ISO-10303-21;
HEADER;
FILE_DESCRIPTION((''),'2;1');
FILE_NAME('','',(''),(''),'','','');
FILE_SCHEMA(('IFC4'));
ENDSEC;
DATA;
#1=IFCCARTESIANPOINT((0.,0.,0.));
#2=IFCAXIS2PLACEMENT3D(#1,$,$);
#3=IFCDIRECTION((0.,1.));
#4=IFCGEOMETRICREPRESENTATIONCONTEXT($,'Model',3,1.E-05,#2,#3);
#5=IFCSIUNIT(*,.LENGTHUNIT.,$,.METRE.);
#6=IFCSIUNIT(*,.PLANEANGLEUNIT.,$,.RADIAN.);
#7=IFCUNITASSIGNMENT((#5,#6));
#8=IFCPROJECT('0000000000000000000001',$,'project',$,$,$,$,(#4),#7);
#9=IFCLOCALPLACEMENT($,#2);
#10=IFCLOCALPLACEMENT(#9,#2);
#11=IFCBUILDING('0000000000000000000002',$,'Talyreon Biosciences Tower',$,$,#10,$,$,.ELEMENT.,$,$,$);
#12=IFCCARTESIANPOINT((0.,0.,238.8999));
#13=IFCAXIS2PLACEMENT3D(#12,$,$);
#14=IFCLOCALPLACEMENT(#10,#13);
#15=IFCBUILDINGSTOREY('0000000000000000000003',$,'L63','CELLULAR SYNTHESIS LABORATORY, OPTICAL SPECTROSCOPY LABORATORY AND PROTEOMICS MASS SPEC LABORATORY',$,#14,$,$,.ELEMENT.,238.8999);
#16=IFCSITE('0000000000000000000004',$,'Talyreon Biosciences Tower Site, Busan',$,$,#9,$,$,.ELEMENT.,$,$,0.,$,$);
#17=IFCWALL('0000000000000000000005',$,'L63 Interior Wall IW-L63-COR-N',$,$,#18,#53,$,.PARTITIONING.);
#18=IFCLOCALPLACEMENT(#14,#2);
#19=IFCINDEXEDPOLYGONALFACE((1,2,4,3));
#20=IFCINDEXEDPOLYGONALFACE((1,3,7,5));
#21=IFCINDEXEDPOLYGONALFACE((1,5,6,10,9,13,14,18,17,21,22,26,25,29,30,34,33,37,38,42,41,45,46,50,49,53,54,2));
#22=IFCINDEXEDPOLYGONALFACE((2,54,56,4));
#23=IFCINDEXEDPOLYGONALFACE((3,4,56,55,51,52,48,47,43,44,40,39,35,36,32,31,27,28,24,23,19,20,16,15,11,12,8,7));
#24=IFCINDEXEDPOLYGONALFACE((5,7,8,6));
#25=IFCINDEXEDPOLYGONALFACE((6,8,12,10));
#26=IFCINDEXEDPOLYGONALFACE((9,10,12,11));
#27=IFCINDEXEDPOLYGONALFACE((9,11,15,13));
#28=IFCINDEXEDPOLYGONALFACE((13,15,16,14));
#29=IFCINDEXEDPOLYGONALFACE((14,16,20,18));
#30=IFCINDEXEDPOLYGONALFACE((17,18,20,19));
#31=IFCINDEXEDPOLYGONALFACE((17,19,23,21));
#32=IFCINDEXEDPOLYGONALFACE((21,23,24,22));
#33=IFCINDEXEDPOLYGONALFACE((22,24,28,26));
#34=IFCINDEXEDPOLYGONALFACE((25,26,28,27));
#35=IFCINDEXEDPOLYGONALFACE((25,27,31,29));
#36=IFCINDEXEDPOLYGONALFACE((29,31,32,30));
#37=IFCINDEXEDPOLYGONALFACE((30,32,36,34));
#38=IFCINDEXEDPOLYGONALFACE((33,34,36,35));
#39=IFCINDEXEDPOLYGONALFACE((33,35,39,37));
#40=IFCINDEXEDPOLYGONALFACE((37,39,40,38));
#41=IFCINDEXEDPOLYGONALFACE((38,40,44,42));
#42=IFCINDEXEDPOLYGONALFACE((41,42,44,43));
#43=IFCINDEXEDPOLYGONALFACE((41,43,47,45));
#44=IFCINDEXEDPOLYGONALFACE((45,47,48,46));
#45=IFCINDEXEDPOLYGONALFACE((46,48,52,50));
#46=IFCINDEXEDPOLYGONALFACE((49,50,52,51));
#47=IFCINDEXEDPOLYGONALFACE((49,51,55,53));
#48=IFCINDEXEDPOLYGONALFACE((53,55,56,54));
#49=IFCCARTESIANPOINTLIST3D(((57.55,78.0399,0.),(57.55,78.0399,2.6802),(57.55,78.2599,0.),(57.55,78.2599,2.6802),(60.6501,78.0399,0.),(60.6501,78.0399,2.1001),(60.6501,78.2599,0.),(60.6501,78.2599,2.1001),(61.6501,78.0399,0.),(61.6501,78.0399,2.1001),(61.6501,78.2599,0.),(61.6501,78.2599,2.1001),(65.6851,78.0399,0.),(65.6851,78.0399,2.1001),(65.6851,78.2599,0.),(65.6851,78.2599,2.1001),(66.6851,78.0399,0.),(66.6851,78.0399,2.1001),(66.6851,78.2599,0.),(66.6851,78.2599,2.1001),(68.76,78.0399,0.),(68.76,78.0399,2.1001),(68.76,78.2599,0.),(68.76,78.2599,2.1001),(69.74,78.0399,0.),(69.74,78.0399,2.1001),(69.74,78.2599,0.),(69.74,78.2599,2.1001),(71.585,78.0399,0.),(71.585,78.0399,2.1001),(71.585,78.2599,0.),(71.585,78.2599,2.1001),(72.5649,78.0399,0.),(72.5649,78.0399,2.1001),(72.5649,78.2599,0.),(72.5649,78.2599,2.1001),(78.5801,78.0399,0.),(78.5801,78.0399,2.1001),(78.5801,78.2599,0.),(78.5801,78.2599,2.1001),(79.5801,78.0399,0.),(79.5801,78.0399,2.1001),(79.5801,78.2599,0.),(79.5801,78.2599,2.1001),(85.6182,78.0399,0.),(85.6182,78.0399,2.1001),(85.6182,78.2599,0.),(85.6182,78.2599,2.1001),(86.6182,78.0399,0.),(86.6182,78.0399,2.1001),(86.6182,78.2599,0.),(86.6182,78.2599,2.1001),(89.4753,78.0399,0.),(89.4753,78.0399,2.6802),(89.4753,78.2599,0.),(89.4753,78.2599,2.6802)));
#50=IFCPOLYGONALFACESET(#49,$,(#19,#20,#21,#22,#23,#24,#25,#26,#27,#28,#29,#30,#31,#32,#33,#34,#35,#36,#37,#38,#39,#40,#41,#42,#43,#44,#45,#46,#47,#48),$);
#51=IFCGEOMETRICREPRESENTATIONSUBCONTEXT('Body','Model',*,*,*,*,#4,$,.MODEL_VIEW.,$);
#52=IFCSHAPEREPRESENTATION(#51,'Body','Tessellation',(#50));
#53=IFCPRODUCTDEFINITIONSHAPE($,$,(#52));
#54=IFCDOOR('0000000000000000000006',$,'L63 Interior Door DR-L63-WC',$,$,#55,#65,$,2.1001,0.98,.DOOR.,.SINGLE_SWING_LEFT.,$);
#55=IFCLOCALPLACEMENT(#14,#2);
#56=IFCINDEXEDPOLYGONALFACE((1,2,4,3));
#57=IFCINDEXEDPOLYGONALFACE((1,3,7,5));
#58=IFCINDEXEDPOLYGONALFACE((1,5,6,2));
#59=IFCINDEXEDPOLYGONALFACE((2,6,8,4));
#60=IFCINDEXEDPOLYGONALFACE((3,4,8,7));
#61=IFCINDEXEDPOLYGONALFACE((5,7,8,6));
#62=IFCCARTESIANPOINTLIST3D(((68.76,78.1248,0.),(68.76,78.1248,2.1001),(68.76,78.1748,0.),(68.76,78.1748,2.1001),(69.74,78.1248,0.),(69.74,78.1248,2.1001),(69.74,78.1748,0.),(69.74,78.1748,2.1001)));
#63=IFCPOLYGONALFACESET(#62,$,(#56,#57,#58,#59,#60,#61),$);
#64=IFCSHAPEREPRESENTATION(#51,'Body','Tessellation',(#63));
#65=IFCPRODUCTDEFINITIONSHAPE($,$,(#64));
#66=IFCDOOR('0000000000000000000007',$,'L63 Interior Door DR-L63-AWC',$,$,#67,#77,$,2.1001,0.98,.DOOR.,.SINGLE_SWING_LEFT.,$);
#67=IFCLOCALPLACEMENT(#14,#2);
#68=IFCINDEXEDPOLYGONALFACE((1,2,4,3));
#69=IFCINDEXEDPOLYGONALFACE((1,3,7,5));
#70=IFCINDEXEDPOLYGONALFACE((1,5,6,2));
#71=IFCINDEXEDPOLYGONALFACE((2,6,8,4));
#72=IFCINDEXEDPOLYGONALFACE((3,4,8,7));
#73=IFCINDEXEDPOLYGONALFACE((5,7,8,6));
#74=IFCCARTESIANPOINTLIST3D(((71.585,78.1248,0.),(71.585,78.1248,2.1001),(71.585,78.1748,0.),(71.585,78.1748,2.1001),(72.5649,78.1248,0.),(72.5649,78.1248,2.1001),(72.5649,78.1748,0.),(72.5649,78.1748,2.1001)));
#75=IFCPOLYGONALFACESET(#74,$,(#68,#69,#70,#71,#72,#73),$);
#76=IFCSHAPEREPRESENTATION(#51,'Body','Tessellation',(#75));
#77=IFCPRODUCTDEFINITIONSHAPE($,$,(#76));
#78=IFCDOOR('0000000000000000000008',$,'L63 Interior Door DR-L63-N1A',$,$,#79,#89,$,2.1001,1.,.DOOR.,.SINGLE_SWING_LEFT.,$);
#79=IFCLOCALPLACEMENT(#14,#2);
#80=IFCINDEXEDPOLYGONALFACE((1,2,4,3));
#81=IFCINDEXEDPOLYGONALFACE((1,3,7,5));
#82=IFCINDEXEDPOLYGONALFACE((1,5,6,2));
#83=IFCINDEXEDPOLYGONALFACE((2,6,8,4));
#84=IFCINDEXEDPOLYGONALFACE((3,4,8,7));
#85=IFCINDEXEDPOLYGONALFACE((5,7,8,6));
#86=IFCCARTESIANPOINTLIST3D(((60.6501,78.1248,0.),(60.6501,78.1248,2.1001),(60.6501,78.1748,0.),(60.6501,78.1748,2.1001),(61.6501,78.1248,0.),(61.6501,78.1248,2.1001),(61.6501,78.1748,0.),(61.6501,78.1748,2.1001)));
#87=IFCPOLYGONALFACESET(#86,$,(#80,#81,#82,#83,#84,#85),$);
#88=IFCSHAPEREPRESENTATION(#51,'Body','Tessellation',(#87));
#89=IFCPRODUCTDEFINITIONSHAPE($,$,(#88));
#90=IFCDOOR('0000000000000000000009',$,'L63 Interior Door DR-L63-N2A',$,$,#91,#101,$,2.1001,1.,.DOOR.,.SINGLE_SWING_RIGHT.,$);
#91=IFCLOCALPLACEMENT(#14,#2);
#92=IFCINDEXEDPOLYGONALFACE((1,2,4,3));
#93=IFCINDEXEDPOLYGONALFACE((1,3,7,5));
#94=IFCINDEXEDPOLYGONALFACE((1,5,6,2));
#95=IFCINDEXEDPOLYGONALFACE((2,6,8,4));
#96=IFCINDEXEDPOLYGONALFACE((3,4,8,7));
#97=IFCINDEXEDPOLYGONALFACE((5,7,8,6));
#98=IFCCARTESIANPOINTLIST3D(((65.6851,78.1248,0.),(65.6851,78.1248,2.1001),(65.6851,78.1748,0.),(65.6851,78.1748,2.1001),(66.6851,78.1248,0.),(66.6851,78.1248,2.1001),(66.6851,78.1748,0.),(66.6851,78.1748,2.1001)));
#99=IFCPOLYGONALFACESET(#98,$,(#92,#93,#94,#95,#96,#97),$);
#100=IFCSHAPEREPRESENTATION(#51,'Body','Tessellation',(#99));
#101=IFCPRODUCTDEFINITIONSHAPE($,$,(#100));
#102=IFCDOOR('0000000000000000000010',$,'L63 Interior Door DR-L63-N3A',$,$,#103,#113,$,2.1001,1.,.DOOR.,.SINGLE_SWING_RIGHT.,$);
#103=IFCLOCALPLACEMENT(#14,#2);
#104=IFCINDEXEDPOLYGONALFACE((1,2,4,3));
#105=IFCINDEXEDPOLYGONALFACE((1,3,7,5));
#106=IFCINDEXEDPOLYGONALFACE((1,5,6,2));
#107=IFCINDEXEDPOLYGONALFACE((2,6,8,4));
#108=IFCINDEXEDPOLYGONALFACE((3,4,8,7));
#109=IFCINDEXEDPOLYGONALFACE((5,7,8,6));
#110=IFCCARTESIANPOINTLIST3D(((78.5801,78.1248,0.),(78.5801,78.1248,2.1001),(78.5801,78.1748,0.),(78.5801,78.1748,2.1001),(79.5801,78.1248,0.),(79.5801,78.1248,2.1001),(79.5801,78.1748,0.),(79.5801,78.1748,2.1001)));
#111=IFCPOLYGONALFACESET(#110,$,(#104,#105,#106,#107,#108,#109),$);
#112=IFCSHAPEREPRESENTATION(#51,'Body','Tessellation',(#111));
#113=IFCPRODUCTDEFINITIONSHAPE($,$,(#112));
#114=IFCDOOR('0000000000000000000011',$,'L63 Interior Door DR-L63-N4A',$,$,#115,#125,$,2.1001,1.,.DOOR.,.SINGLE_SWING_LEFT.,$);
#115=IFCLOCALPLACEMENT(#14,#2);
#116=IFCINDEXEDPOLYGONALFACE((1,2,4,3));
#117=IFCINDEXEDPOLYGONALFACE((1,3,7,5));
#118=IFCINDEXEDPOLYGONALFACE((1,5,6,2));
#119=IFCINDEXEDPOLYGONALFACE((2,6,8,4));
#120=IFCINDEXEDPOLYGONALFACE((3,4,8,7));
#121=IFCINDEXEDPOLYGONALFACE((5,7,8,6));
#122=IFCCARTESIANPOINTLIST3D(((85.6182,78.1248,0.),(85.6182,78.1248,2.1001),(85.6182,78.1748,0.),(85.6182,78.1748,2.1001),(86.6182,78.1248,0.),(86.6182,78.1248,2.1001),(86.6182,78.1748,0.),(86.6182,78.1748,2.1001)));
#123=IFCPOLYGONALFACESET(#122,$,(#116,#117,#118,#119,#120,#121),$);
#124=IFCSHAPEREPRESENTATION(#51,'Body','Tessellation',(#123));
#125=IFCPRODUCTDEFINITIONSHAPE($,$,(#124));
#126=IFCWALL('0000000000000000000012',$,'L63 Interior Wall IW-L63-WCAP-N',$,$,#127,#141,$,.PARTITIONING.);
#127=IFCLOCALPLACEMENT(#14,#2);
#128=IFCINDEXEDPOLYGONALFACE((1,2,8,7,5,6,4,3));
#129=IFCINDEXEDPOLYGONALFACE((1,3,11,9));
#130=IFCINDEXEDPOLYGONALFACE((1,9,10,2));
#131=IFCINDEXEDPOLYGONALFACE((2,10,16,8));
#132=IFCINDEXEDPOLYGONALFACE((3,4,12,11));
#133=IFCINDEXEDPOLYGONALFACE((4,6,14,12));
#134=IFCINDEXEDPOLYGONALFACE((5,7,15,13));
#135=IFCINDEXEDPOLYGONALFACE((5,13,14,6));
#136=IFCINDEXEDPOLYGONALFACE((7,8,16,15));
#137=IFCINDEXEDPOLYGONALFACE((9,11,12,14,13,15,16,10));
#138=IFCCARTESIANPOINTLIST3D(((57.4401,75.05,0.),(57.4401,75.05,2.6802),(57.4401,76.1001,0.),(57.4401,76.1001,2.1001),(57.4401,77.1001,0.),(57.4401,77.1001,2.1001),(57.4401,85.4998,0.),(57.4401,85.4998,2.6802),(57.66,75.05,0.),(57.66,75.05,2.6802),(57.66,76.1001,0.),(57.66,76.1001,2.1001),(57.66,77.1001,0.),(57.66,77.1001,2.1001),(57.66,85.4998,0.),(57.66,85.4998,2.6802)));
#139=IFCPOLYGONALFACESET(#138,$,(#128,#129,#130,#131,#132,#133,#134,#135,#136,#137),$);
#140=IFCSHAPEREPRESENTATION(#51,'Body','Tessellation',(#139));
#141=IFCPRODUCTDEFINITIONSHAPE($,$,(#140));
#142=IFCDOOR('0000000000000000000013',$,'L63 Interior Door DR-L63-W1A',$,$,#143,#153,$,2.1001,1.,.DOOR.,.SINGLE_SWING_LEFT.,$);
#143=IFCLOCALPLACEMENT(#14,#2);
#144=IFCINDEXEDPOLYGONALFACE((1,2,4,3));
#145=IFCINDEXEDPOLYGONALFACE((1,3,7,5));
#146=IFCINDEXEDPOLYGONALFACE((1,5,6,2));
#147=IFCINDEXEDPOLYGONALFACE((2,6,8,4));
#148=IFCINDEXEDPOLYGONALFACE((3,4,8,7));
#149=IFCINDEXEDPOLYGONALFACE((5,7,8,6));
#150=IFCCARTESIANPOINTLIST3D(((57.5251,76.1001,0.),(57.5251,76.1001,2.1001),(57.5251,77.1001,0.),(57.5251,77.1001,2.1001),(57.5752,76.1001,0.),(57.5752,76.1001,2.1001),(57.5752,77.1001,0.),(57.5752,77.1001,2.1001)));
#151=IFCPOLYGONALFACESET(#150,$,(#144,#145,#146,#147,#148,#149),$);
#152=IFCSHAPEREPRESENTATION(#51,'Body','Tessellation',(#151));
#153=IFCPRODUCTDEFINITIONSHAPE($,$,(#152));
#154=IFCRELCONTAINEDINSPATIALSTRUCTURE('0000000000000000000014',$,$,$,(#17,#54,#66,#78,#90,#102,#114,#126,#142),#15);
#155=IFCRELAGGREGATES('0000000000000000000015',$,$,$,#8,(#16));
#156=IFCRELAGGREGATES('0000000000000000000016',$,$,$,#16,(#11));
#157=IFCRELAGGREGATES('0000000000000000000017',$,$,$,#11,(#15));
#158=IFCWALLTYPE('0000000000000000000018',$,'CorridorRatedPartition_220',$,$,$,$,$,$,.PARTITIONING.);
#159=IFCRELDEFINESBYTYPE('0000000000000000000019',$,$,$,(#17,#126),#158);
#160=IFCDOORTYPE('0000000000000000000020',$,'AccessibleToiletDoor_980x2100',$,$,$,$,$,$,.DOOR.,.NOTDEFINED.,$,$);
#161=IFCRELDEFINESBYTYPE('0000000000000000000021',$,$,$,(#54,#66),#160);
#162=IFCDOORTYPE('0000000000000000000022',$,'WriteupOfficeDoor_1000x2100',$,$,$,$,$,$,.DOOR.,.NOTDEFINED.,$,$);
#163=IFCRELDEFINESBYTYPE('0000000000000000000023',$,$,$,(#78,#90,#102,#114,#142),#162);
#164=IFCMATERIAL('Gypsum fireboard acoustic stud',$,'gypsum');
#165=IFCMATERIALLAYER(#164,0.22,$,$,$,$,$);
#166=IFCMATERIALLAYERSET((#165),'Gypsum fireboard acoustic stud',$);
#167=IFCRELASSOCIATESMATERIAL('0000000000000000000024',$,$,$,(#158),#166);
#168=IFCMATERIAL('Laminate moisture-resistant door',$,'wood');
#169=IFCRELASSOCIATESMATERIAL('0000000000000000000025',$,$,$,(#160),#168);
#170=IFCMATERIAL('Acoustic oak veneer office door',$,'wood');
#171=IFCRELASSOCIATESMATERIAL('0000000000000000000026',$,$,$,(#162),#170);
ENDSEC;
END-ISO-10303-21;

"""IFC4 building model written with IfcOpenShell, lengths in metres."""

from ifc_helpers import new_model, si_unit, direction, frame, frame_2d, origin, place, context, subcontext, project, spatial, rectangle, extrude, material, layer, layer_set, type_object, element, fill, save


model = new_model("IFC4")

# Units and contexts
model_context = context("Model", 3, precision=1e-05, world=origin(), true_north=direction((0.0, 1.0)))
body_context = subcontext(model_context, "Body", "Model", "MODEL_VIEW")
ifc_project = project(units=[si_unit("LENGTHUNIT", "METRE"), si_unit("PLANEANGLEUNIT", "RADIAN")], contexts=[model_context])

# Site, building, storey
site_placement = place(None, origin())
site = spatial("IfcSite", under=ifc_project, at=site_placement, Name="Talyreon Biosciences Tower Site, Busan", CompositionType="ELEMENT", RefElevation=0.0)
building_placement = place(site_placement, origin())
building = spatial("IfcBuilding", under=site, at=building_placement, Name="Talyreon Biosciences Tower", CompositionType="ELEMENT")
storey_placement = place(building_placement, frame((0.0, 0.0, 238.8999)))
storey = spatial("IfcBuildingStorey", under=building, at=storey_placement, Name="L63", Description="CELLULAR SYNTHESIS LABORATORY, OPTICAL SPECTROSCOPY LABORATORY AND PROTEOMICS MASS SPEC LABORATORY", CompositionType="ELEMENT", Elevation=238.8999)

# Wall, openings, doors
ifc_material_1 = material(Name="Gypsum fireboard acoustic stud", Category="gypsum")
ifc_layer_1 = layer(ifc_material_1, 0.22)
ifc_layer_set_1 = layer_set([ifc_layer_1], Name="Gypsum fireboard acoustic stud")
wall_type_1 = type_object("IfcWallType", Name="CorridorRatedPartition_220", PredefinedType="PARTITIONING", material=ifc_layer_set_1)
wall_1_placement = place(storey_placement, frame((57.55, 78.1499, 0.0), z_axis=(0.0, 0.0, 1.0), x_axis=(1.0, 0.0, 0.0)))
wall_1 = element("IfcWall", 1, at=wall_1_placement, inside=storey, type_object=wall_type_1, Name="L63 Interior Wall IW-L63-COR-N", PredefinedType="PARTITIONING", context=body_context, shape_type="SweptSolid", body=[
    extrude(rectangle(XDim=31.9253, YDim=0.22, at=frame_2d((15.9626, 0.0))), origin(), (0.0, 0.0, 1.0), 2.6802),
])
opening_1_placement = place(wall_1_placement, frame((11.21, 0.0, 0.0)))
opening_1 = element("IfcOpeningElement", 2, at=opening_1_placement, cuts=wall_1, PredefinedType="OPENING", context=body_context, shape_type="SweptSolid", body=[
    extrude(rectangle(XDim=0.98, YDim=2.1001, at=frame_2d((0.49, 1.05))), frame((0.0, 0.1199, 0.0), z_axis=(0.0, -1.0, 0.0), x_axis=(1.0, 0.0, 0.0)), (0.0, 0.0, 1.0), 0.24),
])
opening_2_placement = place(wall_1_placement, frame((14.0349, 0.0, 0.0)))
opening_2 = element("IfcOpeningElement", 3, at=opening_2_placement, cuts=wall_1, PredefinedType="OPENING", context=body_context, shape_type="SweptSolid", body=[
    extrude(rectangle(XDim=0.98, YDim=2.1001, at=frame_2d((0.49, 1.05))), frame((0.0, 0.1199, 0.0), z_axis=(0.0, -1.0, 0.0), x_axis=(1.0, 0.0, 0.0)), (0.0, 0.0, 1.0), 0.24),
])
opening_3_placement = place(wall_1_placement, frame((3.1001, 0.0, 0.0)))
opening_3 = element("IfcOpeningElement", 4, at=opening_3_placement, cuts=wall_1, PredefinedType="OPENING", context=body_context, shape_type="SweptSolid", body=[
    extrude(rectangle(XDim=1.0, YDim=2.1001, at=frame_2d((0.5, 1.05))), frame((0.0, 0.1199, 0.0), z_axis=(0.0, -1.0, 0.0), x_axis=(1.0, 0.0, 0.0)), (0.0, 0.0, 1.0), 0.24),
])
opening_4_placement = place(wall_1_placement, frame((8.135, 0.0, 0.0)))
opening_4 = element("IfcOpeningElement", 5, at=opening_4_placement, cuts=wall_1, PredefinedType="OPENING", context=body_context, shape_type="SweptSolid", body=[
    extrude(rectangle(XDim=1.0, YDim=2.1001, at=frame_2d((0.5, 1.05))), frame((0.0, 0.1199, 0.0), z_axis=(0.0, -1.0, 0.0), x_axis=(1.0, 0.0, 0.0)), (0.0, 0.0, 1.0), 0.24),
])
opening_5_placement = place(wall_1_placement, frame((21.03, 0.0, 0.0)))
opening_5 = element("IfcOpeningElement", 6, at=opening_5_placement, cuts=wall_1, PredefinedType="OPENING", context=body_context, shape_type="SweptSolid", body=[
    extrude(rectangle(XDim=1.0, YDim=2.1001, at=frame_2d((0.5, 1.05))), frame((0.0, 0.1199, 0.0), z_axis=(0.0, -1.0, 0.0), x_axis=(1.0, 0.0, 0.0)), (0.0, 0.0, 1.0), 0.24),
])
opening_6_placement = place(wall_1_placement, frame((28.0681, 0.0, 0.0)))
opening_6 = element("IfcOpeningElement", 7, at=opening_6_placement, cuts=wall_1, PredefinedType="OPENING", context=body_context, shape_type="SweptSolid", body=[
    extrude(rectangle(XDim=1.0, YDim=2.1001, at=frame_2d((0.5, 1.05))), frame((0.0, 0.1199, 0.0), z_axis=(0.0, -1.0, 0.0), x_axis=(1.0, 0.0, 0.0)), (0.0, 0.0, 1.0), 0.24),
])
ifc_material_2 = material(Name="Laminate moisture-resistant door", Category="wood")
door_type_1 = type_object("IfcDoorType", Name="AccessibleToiletDoor_980x2100", OperationType="NOTDEFINED", PredefinedType="DOOR", material=ifc_material_2)
door_1_placement = place(opening_1_placement, origin())
door_1 = element("IfcDoor", 8, at=door_1_placement, inside=storey, type_object=door_type_1, Name="L63 Interior Door DR-L63-WC", OperationType="SINGLE_SWING_LEFT", OverallHeight=2.1001, OverallWidth=0.98, PredefinedType="DOOR", context=body_context, shape_type="SweptSolid", body=[
    extrude(rectangle(XDim=0.98, YDim=2.1001, at=frame_2d((0.49, 1.05))), frame((0.0, 0.0249, 0.0), z_axis=(0.0, -1.0, 0.0), x_axis=(1.0, 0.0, 0.0)), (0.0, 0.0, 1.0), 0.05),
])
fill(opening_1, door_1)
door_2_placement = place(opening_2_placement, origin())
door_2 = element("IfcDoor", 9, at=door_2_placement, inside=storey, type_object=door_type_1, Name="L63 Interior Door DR-L63-AWC", OperationType="SINGLE_SWING_LEFT", OverallHeight=2.1001, OverallWidth=0.98, PredefinedType="DOOR", context=body_context, shape_type="SweptSolid", body=[
    extrude(rectangle(XDim=0.98, YDim=2.1001, at=frame_2d((0.49, 1.05))), frame((0.0, 0.0249, 0.0), z_axis=(0.0, -1.0, 0.0), x_axis=(1.0, 0.0, 0.0)), (0.0, 0.0, 1.0), 0.05),
])
fill(opening_2, door_2)
ifc_material_3 = material(Name="Acoustic oak veneer office door", Category="wood")
door_type_2 = type_object("IfcDoorType", Name="WriteupOfficeDoor_1000x2100", OperationType="NOTDEFINED", PredefinedType="DOOR", material=ifc_material_3)
door_3_placement = place(opening_3_placement, origin())
door_3 = element("IfcDoor", 10, at=door_3_placement, inside=storey, type_object=door_type_2, Name="L63 Interior Door DR-L63-N1A", OperationType="SINGLE_SWING_LEFT", OverallHeight=2.1001, OverallWidth=1.0, PredefinedType="DOOR", context=body_context, shape_type="SweptSolid", body=[
    extrude(rectangle(XDim=1.0, YDim=2.1001, at=frame_2d((0.5, 1.05))), frame((0.0, 0.0249, 0.0), z_axis=(0.0, -1.0, 0.0), x_axis=(1.0, 0.0, 0.0)), (0.0, 0.0, 1.0), 0.05),
])
fill(opening_3, door_3)
door_4_placement = place(opening_4_placement, origin())
door_4 = element("IfcDoor", 11, at=door_4_placement, inside=storey, type_object=door_type_2, Name="L63 Interior Door DR-L63-N2A", OperationType="SINGLE_SWING_RIGHT", OverallHeight=2.1001, OverallWidth=1.0, PredefinedType="DOOR", context=body_context, shape_type="SweptSolid", body=[
    extrude(rectangle(XDim=1.0, YDim=2.1001, at=frame_2d((0.5, 1.05))), frame((0.0, 0.0249, 0.0), z_axis=(0.0, -1.0, 0.0), x_axis=(1.0, 0.0, 0.0)), (0.0, 0.0, 1.0), 0.05),
])
fill(opening_4, door_4)
door_5_placement = place(opening_5_placement, origin())
door_5 = element("IfcDoor", 12, at=door_5_placement, inside=storey, type_object=door_type_2, Name="L63 Interior Door DR-L63-N3A", OperationType="SINGLE_SWING_RIGHT", OverallHeight=2.1001, OverallWidth=1.0, PredefinedType="DOOR", context=body_context, shape_type="SweptSolid", body=[
    extrude(rectangle(XDim=1.0, YDim=2.1001, at=frame_2d((0.5, 1.05))), frame((0.0, 0.0249, 0.0), z_axis=(0.0, -1.0, 0.0), x_axis=(1.0, 0.0, 0.0)), (0.0, 0.0, 1.0), 0.05),
])
fill(opening_5, door_5)
door_6_placement = place(opening_6_placement, origin())
door_6 = element("IfcDoor", 13, at=door_6_placement, inside=storey, type_object=door_type_2, Name="L63 Interior Door DR-L63-N4A", OperationType="SINGLE_SWING_LEFT", OverallHeight=2.1001, OverallWidth=1.0, PredefinedType="DOOR", context=body_context, shape_type="SweptSolid", body=[
    extrude(rectangle(XDim=1.0, YDim=2.1001, at=frame_2d((0.5, 1.05))), frame((0.0, 0.0249, 0.0), z_axis=(0.0, -1.0, 0.0), x_axis=(1.0, 0.0, 0.0)), (0.0, 0.0, 1.0), 0.05),
])
fill(opening_6, door_6)

# Wall, opening, door
wall_2_placement = place(storey_placement, frame((57.55, 75.05, 0.0), z_axis=(0.0, 0.0, 1.0), x_axis=(0.0, 1.0, 0.0)))
wall_2 = element("IfcWall", 14, at=wall_2_placement, inside=storey, type_object=wall_type_1, Name="L63 Interior Wall IW-L63-WCAP-N", PredefinedType="PARTITIONING", context=body_context, shape_type="SweptSolid", body=[
    extrude(rectangle(XDim=10.4497, YDim=0.22, at=frame_2d((5.2249, 0.0))), origin(), (0.0, 0.0, 1.0), 2.6802),
])
opening_7_placement = place(wall_2_placement, frame((1.05, 0.0, 0.0)))
opening_7 = element("IfcOpeningElement", 15, at=opening_7_placement, cuts=wall_2, PredefinedType="OPENING", context=body_context, shape_type="SweptSolid", body=[
    extrude(rectangle(XDim=1.0, YDim=2.1001, at=frame_2d((0.5, 1.05))), frame((0.0, 0.1199, 0.0), z_axis=(0.0, -1.0, 0.0), x_axis=(1.0, 0.0, 0.0)), (0.0, 0.0, 1.0), 0.24),
])
door_7_placement = place(opening_7_placement, origin())
door_7 = element("IfcDoor", 16, at=door_7_placement, inside=storey, type_object=door_type_2, Name="L63 Interior Door DR-L63-W1A", OperationType="SINGLE_SWING_LEFT", OverallHeight=2.1001, OverallWidth=1.0, PredefinedType="DOOR", context=body_context, shape_type="SweptSolid", body=[
    extrude(rectangle(XDim=1.0, YDim=2.1001, at=frame_2d((0.5, 1.05))), frame((0.0, 0.0249, 0.0), z_axis=(0.0, -1.0, 0.0), x_axis=(1.0, 0.0, 0.0)), (0.0, 0.0, 1.0), 0.05),
])
fill(opening_7, door_7)

save(model, "model.ifc")
